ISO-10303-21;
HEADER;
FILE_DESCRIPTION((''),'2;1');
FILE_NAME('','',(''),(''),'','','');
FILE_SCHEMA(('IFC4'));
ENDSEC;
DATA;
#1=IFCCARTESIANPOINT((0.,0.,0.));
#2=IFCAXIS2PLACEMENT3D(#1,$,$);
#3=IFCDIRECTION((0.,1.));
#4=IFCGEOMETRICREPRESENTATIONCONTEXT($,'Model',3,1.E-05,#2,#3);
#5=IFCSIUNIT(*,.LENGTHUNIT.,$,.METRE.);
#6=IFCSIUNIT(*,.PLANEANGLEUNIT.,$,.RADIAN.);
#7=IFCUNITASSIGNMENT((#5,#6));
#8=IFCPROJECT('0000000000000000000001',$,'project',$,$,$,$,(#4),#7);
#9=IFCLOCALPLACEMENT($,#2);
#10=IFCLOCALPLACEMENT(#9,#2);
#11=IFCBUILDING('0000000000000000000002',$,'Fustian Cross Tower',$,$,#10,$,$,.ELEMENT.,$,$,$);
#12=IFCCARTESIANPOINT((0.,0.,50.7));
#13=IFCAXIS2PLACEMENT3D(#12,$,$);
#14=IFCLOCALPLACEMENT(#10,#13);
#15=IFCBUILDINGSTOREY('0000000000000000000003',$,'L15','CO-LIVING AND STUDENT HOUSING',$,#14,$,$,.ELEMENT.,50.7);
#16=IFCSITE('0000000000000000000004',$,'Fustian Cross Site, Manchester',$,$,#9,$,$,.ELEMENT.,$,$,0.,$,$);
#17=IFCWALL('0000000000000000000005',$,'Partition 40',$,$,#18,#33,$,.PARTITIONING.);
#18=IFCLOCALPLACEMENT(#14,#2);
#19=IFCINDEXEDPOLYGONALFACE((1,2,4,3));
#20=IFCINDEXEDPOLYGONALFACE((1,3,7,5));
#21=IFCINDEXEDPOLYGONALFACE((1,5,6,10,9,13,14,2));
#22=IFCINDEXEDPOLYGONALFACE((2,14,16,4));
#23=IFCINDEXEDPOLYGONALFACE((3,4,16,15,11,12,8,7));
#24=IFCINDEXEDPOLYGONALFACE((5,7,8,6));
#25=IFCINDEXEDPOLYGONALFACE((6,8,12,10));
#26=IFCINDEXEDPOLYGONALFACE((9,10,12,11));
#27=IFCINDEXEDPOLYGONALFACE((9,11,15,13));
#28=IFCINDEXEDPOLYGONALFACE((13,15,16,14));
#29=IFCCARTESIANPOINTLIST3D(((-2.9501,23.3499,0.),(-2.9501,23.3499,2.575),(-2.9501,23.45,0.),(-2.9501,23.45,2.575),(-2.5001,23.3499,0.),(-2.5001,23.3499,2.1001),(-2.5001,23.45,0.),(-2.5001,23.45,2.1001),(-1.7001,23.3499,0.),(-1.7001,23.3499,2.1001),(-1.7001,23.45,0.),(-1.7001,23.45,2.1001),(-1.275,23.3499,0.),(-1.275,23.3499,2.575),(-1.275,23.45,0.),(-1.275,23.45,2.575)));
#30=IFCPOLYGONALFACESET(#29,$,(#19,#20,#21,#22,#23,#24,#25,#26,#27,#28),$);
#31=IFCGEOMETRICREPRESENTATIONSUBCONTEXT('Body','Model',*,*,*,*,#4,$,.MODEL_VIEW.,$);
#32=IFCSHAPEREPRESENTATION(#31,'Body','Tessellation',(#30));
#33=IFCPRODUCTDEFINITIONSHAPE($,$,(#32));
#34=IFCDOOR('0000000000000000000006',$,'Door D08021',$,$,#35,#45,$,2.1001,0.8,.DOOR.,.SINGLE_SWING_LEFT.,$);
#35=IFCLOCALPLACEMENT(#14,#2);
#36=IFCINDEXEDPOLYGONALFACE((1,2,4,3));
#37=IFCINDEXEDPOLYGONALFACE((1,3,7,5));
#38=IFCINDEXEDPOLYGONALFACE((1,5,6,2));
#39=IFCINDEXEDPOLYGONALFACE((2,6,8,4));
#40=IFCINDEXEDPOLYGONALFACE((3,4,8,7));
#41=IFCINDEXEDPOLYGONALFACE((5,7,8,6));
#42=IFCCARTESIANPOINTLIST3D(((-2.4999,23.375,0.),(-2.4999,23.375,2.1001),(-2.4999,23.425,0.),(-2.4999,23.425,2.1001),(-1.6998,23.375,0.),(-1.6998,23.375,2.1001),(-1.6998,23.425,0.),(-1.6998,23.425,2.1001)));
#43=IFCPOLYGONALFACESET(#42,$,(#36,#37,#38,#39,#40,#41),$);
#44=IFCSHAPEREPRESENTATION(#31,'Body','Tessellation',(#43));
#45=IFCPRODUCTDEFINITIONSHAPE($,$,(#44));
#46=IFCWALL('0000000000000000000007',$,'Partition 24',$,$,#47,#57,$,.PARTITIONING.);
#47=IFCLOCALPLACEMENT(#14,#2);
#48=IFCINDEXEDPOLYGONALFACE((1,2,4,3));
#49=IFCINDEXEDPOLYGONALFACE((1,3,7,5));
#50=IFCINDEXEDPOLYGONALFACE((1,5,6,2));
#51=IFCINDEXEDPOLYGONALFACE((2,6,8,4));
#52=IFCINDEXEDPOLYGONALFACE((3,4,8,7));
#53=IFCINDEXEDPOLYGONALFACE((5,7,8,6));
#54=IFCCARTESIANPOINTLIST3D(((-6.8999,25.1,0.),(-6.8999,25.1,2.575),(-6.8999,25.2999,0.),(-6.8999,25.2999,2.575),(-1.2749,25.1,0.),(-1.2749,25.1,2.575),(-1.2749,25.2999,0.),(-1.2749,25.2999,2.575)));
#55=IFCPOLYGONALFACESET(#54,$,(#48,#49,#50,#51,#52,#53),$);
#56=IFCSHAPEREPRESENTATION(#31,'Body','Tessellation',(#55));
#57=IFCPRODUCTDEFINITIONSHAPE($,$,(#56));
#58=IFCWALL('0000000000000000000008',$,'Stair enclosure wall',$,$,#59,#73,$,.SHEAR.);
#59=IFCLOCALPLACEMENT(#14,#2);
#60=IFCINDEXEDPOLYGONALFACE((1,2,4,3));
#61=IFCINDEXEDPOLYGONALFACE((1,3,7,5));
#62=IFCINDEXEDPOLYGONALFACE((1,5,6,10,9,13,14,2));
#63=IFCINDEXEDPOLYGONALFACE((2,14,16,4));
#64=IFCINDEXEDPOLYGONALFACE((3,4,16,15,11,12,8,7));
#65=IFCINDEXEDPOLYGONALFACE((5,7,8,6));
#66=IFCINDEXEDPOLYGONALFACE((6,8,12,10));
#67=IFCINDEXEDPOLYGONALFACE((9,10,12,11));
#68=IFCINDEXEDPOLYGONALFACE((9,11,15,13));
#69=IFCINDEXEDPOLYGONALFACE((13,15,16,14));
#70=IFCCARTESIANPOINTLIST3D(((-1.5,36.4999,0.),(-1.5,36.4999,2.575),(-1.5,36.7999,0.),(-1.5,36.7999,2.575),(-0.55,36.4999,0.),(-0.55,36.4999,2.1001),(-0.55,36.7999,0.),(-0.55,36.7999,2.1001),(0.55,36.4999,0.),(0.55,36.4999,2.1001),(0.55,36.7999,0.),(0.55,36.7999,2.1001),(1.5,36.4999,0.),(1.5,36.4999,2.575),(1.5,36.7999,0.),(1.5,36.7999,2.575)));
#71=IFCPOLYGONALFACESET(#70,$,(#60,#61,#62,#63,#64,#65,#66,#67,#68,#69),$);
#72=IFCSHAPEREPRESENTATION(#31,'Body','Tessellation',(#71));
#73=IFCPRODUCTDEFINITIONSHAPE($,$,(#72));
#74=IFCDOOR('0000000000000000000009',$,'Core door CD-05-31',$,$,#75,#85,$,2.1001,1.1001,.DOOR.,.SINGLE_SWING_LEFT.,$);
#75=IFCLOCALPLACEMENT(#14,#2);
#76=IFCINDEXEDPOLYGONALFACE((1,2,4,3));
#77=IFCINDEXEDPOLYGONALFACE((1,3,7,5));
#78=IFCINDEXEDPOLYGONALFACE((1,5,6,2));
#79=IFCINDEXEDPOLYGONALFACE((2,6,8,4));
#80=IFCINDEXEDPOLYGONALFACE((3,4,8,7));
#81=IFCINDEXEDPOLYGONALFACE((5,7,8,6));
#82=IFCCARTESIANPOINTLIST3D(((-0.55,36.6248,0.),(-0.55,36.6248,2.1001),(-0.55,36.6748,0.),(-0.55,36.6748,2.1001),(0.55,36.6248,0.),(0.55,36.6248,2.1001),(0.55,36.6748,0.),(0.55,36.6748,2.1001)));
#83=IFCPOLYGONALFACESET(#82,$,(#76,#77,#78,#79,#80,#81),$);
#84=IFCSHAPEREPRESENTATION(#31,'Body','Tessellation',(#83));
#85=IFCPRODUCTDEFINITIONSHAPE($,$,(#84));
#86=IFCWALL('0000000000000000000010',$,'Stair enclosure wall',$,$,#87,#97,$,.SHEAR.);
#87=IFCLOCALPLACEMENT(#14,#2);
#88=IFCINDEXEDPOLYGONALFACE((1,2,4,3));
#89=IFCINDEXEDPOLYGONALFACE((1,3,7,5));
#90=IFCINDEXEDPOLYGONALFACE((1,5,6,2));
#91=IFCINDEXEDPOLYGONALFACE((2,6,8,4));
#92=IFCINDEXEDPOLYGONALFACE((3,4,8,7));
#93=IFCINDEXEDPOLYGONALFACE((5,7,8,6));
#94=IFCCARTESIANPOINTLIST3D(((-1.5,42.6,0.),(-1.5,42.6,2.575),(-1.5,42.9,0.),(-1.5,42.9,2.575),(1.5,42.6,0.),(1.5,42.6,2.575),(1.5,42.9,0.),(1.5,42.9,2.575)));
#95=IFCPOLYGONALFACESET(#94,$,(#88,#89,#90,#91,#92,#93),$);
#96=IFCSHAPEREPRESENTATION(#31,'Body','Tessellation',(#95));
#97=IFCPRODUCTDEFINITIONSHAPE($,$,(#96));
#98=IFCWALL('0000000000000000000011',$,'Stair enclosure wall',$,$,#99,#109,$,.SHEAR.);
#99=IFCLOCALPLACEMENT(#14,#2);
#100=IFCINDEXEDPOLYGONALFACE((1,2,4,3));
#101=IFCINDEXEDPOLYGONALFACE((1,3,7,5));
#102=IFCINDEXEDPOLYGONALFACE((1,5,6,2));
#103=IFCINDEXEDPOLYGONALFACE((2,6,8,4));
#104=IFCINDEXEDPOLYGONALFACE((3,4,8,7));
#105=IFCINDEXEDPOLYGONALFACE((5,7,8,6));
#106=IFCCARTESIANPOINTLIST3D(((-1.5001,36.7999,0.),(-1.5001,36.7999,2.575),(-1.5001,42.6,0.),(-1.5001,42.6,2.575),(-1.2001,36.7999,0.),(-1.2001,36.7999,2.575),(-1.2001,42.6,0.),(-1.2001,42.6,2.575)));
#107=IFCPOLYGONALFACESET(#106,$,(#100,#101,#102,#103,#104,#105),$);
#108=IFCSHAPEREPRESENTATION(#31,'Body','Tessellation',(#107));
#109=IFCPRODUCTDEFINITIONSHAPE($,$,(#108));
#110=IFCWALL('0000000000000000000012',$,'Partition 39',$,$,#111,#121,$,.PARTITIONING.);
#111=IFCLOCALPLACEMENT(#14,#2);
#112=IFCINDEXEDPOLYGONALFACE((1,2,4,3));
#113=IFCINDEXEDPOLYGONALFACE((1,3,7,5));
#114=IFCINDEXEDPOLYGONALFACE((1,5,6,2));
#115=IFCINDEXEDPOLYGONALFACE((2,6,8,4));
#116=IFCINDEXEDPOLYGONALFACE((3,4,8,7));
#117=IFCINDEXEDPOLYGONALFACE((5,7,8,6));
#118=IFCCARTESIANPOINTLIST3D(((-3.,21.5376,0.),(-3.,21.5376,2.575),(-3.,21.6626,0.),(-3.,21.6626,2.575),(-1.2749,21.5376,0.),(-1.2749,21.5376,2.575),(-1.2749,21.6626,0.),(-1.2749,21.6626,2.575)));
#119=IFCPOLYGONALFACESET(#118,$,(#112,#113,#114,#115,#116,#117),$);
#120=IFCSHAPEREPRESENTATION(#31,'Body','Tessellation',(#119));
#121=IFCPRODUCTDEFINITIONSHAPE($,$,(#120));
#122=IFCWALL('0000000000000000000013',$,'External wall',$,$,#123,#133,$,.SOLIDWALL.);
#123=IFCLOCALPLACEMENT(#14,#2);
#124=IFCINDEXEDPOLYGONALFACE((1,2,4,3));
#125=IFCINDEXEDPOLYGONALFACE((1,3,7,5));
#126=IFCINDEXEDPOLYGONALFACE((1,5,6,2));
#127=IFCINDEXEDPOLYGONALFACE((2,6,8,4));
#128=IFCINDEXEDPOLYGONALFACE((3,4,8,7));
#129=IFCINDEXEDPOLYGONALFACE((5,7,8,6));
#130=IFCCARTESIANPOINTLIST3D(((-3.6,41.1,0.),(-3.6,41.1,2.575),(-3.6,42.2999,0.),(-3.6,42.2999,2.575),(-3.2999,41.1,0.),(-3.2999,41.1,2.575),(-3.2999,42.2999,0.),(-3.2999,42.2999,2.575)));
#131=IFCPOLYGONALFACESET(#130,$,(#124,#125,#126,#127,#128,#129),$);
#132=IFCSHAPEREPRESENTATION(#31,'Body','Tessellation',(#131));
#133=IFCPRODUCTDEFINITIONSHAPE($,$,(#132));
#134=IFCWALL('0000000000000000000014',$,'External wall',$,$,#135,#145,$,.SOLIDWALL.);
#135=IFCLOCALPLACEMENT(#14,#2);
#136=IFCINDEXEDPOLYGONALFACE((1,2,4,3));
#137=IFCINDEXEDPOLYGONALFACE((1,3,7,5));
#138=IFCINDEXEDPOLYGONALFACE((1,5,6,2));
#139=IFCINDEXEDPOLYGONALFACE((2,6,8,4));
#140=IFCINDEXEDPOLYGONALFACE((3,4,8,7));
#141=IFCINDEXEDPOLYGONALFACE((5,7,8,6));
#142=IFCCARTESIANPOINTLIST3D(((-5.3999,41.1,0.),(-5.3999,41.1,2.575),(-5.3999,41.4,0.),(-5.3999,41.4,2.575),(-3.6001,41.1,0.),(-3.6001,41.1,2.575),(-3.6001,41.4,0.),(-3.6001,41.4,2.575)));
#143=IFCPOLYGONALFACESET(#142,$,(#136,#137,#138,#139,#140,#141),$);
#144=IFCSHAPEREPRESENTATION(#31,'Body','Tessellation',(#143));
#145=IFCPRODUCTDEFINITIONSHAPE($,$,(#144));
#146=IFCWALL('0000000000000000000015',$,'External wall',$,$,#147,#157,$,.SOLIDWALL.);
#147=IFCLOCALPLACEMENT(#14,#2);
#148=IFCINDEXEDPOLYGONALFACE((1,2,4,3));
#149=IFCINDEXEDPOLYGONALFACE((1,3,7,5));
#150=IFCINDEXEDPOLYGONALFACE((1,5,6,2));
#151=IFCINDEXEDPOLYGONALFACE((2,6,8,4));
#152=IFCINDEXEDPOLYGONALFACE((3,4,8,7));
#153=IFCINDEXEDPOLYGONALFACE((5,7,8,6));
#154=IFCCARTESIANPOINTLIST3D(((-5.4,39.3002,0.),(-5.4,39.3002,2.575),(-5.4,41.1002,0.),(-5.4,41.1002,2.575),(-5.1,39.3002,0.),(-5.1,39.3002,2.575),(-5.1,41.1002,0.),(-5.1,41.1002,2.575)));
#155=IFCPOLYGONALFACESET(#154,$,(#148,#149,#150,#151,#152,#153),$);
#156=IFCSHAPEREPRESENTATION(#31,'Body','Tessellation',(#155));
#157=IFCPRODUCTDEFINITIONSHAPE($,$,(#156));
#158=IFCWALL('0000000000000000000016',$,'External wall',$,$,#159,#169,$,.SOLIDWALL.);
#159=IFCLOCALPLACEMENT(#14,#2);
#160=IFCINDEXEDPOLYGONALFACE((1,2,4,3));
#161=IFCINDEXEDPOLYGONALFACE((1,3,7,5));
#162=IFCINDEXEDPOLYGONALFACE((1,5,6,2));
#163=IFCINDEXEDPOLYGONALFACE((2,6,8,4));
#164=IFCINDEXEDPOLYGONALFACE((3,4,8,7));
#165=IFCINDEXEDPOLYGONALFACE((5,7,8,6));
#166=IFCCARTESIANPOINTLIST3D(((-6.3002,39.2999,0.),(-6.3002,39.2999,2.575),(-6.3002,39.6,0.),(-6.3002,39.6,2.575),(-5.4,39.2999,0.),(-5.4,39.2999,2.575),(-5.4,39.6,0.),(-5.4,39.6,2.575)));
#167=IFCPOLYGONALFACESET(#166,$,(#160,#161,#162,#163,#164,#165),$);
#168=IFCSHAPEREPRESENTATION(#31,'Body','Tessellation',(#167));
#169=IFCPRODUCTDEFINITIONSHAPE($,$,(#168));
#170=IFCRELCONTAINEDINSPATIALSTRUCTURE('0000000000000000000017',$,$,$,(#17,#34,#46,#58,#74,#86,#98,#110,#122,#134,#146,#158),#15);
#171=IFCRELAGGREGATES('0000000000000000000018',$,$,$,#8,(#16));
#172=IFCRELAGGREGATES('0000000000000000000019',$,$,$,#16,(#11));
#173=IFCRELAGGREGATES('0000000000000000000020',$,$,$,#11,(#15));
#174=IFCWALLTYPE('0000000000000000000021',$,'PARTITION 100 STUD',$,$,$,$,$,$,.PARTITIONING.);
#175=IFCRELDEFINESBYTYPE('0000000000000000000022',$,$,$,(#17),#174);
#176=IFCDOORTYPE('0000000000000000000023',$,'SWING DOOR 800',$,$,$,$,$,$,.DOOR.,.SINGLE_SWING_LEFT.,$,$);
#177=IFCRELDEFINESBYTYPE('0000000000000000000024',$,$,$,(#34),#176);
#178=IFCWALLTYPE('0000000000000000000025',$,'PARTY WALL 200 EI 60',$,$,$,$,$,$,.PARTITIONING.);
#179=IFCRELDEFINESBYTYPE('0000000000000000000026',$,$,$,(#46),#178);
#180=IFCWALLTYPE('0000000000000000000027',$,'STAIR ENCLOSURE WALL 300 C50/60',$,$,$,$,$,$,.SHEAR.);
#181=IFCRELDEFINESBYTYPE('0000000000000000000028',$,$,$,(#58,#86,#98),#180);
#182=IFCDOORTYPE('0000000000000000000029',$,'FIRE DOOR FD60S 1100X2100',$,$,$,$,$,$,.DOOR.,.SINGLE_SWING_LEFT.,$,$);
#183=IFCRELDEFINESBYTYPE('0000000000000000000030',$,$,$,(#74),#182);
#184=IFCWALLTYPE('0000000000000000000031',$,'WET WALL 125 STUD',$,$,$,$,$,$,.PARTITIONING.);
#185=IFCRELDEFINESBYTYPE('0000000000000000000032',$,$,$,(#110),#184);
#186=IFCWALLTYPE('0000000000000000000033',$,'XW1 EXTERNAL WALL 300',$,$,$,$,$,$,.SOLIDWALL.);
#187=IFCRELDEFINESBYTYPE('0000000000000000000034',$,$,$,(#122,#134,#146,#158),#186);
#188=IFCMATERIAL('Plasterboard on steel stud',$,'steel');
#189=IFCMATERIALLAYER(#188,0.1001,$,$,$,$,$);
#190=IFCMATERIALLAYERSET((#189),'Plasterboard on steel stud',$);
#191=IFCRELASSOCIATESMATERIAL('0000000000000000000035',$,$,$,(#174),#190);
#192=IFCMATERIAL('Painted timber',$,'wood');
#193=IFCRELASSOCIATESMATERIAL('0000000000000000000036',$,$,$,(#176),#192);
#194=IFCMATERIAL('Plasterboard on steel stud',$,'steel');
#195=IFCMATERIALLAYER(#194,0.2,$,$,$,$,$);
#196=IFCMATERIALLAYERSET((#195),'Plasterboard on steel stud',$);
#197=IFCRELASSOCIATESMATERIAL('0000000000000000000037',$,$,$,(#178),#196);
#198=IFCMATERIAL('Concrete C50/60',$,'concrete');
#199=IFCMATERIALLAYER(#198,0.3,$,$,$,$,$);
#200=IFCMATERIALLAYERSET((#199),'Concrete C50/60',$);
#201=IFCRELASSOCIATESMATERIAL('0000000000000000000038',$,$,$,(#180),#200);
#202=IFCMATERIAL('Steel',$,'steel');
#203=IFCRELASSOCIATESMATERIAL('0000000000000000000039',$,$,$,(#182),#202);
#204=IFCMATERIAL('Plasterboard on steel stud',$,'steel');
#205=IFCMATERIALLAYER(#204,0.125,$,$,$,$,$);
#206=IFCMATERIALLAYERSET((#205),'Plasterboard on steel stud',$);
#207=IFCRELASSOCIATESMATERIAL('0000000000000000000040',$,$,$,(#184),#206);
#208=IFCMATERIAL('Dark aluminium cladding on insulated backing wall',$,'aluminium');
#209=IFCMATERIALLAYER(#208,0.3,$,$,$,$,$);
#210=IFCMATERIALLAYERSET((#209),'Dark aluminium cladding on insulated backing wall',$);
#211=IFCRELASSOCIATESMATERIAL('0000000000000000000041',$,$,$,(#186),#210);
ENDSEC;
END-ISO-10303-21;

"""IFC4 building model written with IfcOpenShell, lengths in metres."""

from ifc_helpers import new_model, si_unit, direction, frame, frame_2d, origin, place, context, subcontext, project, spatial, rectangle, extrude, material, layer, layer_set, type_object, element, fill, save


model = new_model("IFC4")

# Units and contexts
model_context = context("Model", 3, precision=1e-05, world=origin(), true_north=direction((0.0, 1.0)))
body_context = subcontext(model_context, "Body", "Model", "MODEL_VIEW")
ifc_project = project(units=[si_unit("LENGTHUNIT", "METRE"), si_unit("PLANEANGLEUNIT", "RADIAN")], contexts=[model_context])

# Site, building, storey
site_placement = place(None, origin())
site = spatial("IfcSite", under=ifc_project, at=site_placement, Name="Fustian Cross Site, Manchester", CompositionType="ELEMENT", RefElevation=0.0)
building_placement = place(site_placement, origin())
building = spatial("IfcBuilding", under=site, at=building_placement, Name="Fustian Cross Tower", CompositionType="ELEMENT")
storey_placement = place(building_placement, frame((0.0, 0.0, 50.7)))
storey = spatial("IfcBuildingStorey", under=building, at=storey_placement, Name="L15", Description="CO-LIVING AND STUDENT HOUSING", CompositionType="ELEMENT", Elevation=50.7)

# Shared definitions
ifc_material_1 = material(Name="Plasterboard on steel stud", Category="steel")
ifc_layer_1 = layer(ifc_material_1, 0.1001)
ifc_layer_set_1 = layer_set([ifc_layer_1], Name="Plasterboard on steel stud")
wall_type_1 = type_object("IfcWallType", Name="PARTITION 100 STUD", PredefinedType="PARTITIONING", material=ifc_layer_set_1)

# Shared definitions
ifc_material_2 = material(Name="Painted timber", Category="wood")
door_type_1 = type_object("IfcDoorType", Name="SWING DOOR 800", OperationType="SINGLE_SWING_LEFT", PredefinedType="DOOR", material=ifc_material_2)

# Wall, opening, door
wall_1_placement = place(storey_placement, frame((-2.95, 23.3999, 0.0), z_axis=(0.0, 0.0, 1.0), x_axis=(1.0, 0.0, 0.0)))
wall_1 = element("IfcWall", 1, at=wall_1_placement, inside=storey, type_object=wall_type_1, Name="Partition 40", PredefinedType="PARTITIONING", context=body_context, shape_type="SweptSolid", body=[
    extrude(rectangle(XDim=1.675, YDim=0.1001, at=frame_2d((0.8374, 0.0))), origin(), (0.0, 0.0, 1.0), 2.575),
])
opening_1_placement = place(wall_1_placement, frame((0.45, 0.0, 0.0)))
opening_1 = element("IfcOpeningElement", 2, at=opening_1_placement, cuts=wall_1, PredefinedType="OPENING", context=body_context, shape_type="SweptSolid", body=[
    extrude(rectangle(XDim=0.8, YDim=2.1001, at=frame_2d((0.3999, 1.05))), frame((0.0, 0.0601, 0.0), z_axis=(0.0, -1.0, 0.0), x_axis=(1.0, 0.0, 0.0)), (0.0, 0.0, 1.0), 0.1201),
])
door_1_placement = place(opening_1_placement, frame((0.8, 0.0, 0.0), z_axis=(0.0, 0.0, 1.0), x_axis=(-1.0, 0.0, 0.0)))
door_1 = element("IfcDoor", 3, at=door_1_placement, inside=storey, type_object=door_type_1, Name="Door D08021", OperationType="SINGLE_SWING_LEFT", OverallHeight=2.1001, OverallWidth=0.8, PredefinedType="DOOR", context=body_context, shape_type="SweptSolid", body=[
    extrude(rectangle(XDim=0.8, YDim=2.1001, at=frame_2d((0.3999, 1.05))), frame((0.0, 0.0249, 0.0), z_axis=(0.0, -1.0, 0.0), x_axis=(1.0, 0.0, 0.0)), (0.0, 0.0, 1.0), 0.05),
])
fill(opening_1, door_1)

# Wall
ifc_material_3 = material(Name="Plasterboard on steel stud", Category="steel")
ifc_layer_2 = layer(ifc_material_3, 0.2)
ifc_layer_set_2 = layer_set([ifc_layer_2], Name="Plasterboard on steel stud")
wall_type_2 = type_object("IfcWallType", Name="PARTY WALL 200 EI 60", PredefinedType="PARTITIONING", material=ifc_layer_set_2)
wall_2_placement = place(storey_placement, frame((-6.8999, 25.2, 0.0), z_axis=(0.0, 0.0, 1.0), x_axis=(1.0, 0.0, 0.0)))
element("IfcWall", 4, at=wall_2_placement, inside=storey, type_object=wall_type_2, Name="Partition 24", PredefinedType="PARTITIONING", context=body_context, shape_type="SweptSolid", body=[
    extrude(rectangle(XDim=5.625, YDim=0.2, at=frame_2d((2.8125, 0.0))), origin(), (0.0, 0.0, 1.0), 2.575),
])

# Wall, opening, door
ifc_material_4 = material(Name="Concrete C50/60", Category="concrete")
ifc_layer_3 = layer(ifc_material_4, 0.3)
ifc_layer_set_3 = layer_set([ifc_layer_3], Name="Concrete C50/60")
wall_type_3 = type_object("IfcWallType", Name="STAIR ENCLOSURE WALL 300 C50/60", PredefinedType="SHEAR", material=ifc_layer_set_3)
wall_3_placement = place(storey_placement, frame((-1.5, 36.6499, 0.0), z_axis=(0.0, 0.0, 1.0), x_axis=(1.0, 0.0, 0.0)))
wall_3 = element("IfcWall", 5, at=wall_3_placement, inside=storey, type_object=wall_type_3, Name="Stair enclosure wall", PredefinedType="SHEAR", context=body_context, shape_type="SweptSolid", body=[
    extrude(rectangle(XDim=3.0, YDim=0.3, at=frame_2d((1.5, 0.0))), origin(), (0.0, 0.0, 1.0), 2.575),
])
opening_2_placement = place(wall_3_placement, frame((0.95, 0.0, 0.0)))
opening_2 = element("IfcOpeningElement", 6, at=opening_2_placement, cuts=wall_3, PredefinedType="OPENING", context=body_context, shape_type="SweptSolid", body=[
    extrude(rectangle(XDim=1.1001, YDim=2.1001, at=frame_2d((0.55, 1.05))), frame((0.0, 0.1599, 0.0), z_axis=(0.0, -1.0, 0.0), x_axis=(1.0, 0.0, 0.0)), (0.0, 0.0, 1.0), 0.3201),
])
ifc_material_5 = material(Name="Steel", Category="steel")
door_type_2 = type_object("IfcDoorType", Name="FIRE DOOR FD60S 1100X2100", OperationType="SINGLE_SWING_LEFT", PredefinedType="DOOR", material=ifc_material_5)
door_2_placement = place(opening_2_placement, origin())
door_2 = element("IfcDoor", 7, at=door_2_placement, inside=storey, type_object=door_type_2, Name="Core door CD-05-31", OperationType="SINGLE_SWING_LEFT", OverallHeight=2.1001, OverallWidth=1.1001, PredefinedType="DOOR", context=body_context, shape_type="SweptSolid", body=[
    extrude(rectangle(XDim=1.1001, YDim=2.1001, at=frame_2d((0.55, 1.05))), frame((0.0, 0.0249, 0.0), z_axis=(0.0, -1.0, 0.0), x_axis=(1.0, 0.0, 0.0)), (0.0, 0.0, 1.0), 0.05),
])
fill(opening_2, door_2)

# Walls
wall_4_placement = place(storey_placement, frame((-1.5, 42.75, 0.0), z_axis=(0.0, 0.0, 1.0), x_axis=(1.0, 0.0, 0.0)))
element("IfcWall", 8, at=wall_4_placement, inside=storey, type_object=wall_type_3, Name="Stair enclosure wall", PredefinedType="SHEAR", context=body_context, shape_type="SweptSolid", body=[
    extrude(rectangle(XDim=3.0, YDim=0.3, at=frame_2d((1.5, 0.0))), origin(), (0.0, 0.0, 1.0), 2.575),
])
wall_5_placement = place(storey_placement, frame((-1.3501, 36.8, 0.0), z_axis=(0.0, 0.0, 1.0), x_axis=(0.0, 1.0, 0.0)))
element("IfcWall", 9, at=wall_5_placement, inside=storey, type_object=wall_type_3, Name="Stair enclosure wall", PredefinedType="SHEAR", context=body_context, shape_type="SweptSolid", body=[
    extrude(rectangle(XDim=5.8, YDim=0.3, at=frame_2d((2.8999, 0.0))), origin(), (0.0, 0.0, 1.0), 2.575),
])
ifc_material_6 = material(Name="Plasterboard on steel stud", Category="steel")
ifc_layer_4 = layer(ifc_material_6, 0.125)
ifc_layer_set_4 = layer_set([ifc_layer_4], Name="Plasterboard on steel stud")
wall_type_4 = type_object("IfcWallType", Name="WET WALL 125 STUD", PredefinedType="PARTITIONING", material=ifc_layer_set_4)
wall_6_placement = place(storey_placement, frame((-3.0, 21.6001, 0.0), z_axis=(0.0, 0.0, 1.0), x_axis=(1.0, 0.0, 0.0)))
element("IfcWall", 10, at=wall_6_placement, inside=storey, type_object=wall_type_4, Name="Partition 39", PredefinedType="PARTITIONING", context=body_context, shape_type="SweptSolid", body=[
    extrude(rectangle(XDim=1.7251, YDim=0.125, at=frame_2d((0.8625, 0.0))), origin(), (0.0, 0.0, 1.0), 2.575),
])
ifc_material_7 = material(Name="Dark aluminium cladding on insulated backing wall", Category="aluminium")
ifc_layer_5 = layer(ifc_material_7, 0.3)
ifc_layer_set_5 = layer_set([ifc_layer_5], Name="Dark aluminium cladding on insulated backing wall")
wall_type_5 = type_object("IfcWallType", Name="XW1 EXTERNAL WALL 300", PredefinedType="SOLIDWALL", material=ifc_layer_set_5)
wall_7_placement = place(storey_placement, frame((-3.45, 42.3, 0.0), z_axis=(0.0, 0.0, 1.0), x_axis=(0.0, -1.0, 0.0)))
element("IfcWall", 11, at=wall_7_placement, inside=storey, type_object=wall_type_5, Name="External wall", PredefinedType="SOLIDWALL", context=body_context, shape_type="SweptSolid", body=[
    extrude(rectangle(XDim=1.2, YDim=0.3, at=frame_2d((0.6001, 0.0))), origin(), (0.0, 0.0, 1.0), 2.575),
])
wall_8_placement = place(storey_placement, frame((-3.6001, 41.25, 0.0), z_axis=(0.0, 0.0, 1.0), x_axis=(-1.0, 0.0, 0.0)))
element("IfcWall", 12, at=wall_8_placement, inside=storey, type_object=wall_type_5, Name="External wall", PredefinedType="SOLIDWALL", context=body_context, shape_type="SweptSolid", body=[
    extrude(rectangle(XDim=1.7998, YDim=0.3, at=frame_2d((0.8999, 0.0))), origin(), (0.0, 0.0, 1.0), 2.575),
])
wall_9_placement = place(storey_placement, frame((-5.25, 41.1001, 0.0), z_axis=(0.0, 0.0, 1.0), x_axis=(0.0, -1.0, 0.0)))
element("IfcWall", 13, at=wall_9_placement, inside=storey, type_object=wall_type_5, Name="External wall", PredefinedType="SOLIDWALL", context=body_context, shape_type="SweptSolid", body=[
    extrude(rectangle(XDim=1.8, YDim=0.3, at=frame_2d((0.8999, 0.0))), origin(), (0.0, 0.0, 1.0), 2.575),
])
wall_10_placement = place(storey_placement, frame((-5.3999, 39.45, 0.0), z_axis=(0.0, 0.0, 1.0), x_axis=(-1.0, 0.0, 0.0)))
element("IfcWall", 14, at=wall_10_placement, inside=storey, type_object=wall_type_5, Name="External wall", PredefinedType="SOLIDWALL", context=body_context, shape_type="SweptSolid", body=[
    extrude(rectangle(XDim=0.9001, YDim=0.3, at=frame_2d((0.4502, 0.0))), origin(), (0.0, 0.0, 1.0), 2.575),
])

save(model, "model.ifc")
